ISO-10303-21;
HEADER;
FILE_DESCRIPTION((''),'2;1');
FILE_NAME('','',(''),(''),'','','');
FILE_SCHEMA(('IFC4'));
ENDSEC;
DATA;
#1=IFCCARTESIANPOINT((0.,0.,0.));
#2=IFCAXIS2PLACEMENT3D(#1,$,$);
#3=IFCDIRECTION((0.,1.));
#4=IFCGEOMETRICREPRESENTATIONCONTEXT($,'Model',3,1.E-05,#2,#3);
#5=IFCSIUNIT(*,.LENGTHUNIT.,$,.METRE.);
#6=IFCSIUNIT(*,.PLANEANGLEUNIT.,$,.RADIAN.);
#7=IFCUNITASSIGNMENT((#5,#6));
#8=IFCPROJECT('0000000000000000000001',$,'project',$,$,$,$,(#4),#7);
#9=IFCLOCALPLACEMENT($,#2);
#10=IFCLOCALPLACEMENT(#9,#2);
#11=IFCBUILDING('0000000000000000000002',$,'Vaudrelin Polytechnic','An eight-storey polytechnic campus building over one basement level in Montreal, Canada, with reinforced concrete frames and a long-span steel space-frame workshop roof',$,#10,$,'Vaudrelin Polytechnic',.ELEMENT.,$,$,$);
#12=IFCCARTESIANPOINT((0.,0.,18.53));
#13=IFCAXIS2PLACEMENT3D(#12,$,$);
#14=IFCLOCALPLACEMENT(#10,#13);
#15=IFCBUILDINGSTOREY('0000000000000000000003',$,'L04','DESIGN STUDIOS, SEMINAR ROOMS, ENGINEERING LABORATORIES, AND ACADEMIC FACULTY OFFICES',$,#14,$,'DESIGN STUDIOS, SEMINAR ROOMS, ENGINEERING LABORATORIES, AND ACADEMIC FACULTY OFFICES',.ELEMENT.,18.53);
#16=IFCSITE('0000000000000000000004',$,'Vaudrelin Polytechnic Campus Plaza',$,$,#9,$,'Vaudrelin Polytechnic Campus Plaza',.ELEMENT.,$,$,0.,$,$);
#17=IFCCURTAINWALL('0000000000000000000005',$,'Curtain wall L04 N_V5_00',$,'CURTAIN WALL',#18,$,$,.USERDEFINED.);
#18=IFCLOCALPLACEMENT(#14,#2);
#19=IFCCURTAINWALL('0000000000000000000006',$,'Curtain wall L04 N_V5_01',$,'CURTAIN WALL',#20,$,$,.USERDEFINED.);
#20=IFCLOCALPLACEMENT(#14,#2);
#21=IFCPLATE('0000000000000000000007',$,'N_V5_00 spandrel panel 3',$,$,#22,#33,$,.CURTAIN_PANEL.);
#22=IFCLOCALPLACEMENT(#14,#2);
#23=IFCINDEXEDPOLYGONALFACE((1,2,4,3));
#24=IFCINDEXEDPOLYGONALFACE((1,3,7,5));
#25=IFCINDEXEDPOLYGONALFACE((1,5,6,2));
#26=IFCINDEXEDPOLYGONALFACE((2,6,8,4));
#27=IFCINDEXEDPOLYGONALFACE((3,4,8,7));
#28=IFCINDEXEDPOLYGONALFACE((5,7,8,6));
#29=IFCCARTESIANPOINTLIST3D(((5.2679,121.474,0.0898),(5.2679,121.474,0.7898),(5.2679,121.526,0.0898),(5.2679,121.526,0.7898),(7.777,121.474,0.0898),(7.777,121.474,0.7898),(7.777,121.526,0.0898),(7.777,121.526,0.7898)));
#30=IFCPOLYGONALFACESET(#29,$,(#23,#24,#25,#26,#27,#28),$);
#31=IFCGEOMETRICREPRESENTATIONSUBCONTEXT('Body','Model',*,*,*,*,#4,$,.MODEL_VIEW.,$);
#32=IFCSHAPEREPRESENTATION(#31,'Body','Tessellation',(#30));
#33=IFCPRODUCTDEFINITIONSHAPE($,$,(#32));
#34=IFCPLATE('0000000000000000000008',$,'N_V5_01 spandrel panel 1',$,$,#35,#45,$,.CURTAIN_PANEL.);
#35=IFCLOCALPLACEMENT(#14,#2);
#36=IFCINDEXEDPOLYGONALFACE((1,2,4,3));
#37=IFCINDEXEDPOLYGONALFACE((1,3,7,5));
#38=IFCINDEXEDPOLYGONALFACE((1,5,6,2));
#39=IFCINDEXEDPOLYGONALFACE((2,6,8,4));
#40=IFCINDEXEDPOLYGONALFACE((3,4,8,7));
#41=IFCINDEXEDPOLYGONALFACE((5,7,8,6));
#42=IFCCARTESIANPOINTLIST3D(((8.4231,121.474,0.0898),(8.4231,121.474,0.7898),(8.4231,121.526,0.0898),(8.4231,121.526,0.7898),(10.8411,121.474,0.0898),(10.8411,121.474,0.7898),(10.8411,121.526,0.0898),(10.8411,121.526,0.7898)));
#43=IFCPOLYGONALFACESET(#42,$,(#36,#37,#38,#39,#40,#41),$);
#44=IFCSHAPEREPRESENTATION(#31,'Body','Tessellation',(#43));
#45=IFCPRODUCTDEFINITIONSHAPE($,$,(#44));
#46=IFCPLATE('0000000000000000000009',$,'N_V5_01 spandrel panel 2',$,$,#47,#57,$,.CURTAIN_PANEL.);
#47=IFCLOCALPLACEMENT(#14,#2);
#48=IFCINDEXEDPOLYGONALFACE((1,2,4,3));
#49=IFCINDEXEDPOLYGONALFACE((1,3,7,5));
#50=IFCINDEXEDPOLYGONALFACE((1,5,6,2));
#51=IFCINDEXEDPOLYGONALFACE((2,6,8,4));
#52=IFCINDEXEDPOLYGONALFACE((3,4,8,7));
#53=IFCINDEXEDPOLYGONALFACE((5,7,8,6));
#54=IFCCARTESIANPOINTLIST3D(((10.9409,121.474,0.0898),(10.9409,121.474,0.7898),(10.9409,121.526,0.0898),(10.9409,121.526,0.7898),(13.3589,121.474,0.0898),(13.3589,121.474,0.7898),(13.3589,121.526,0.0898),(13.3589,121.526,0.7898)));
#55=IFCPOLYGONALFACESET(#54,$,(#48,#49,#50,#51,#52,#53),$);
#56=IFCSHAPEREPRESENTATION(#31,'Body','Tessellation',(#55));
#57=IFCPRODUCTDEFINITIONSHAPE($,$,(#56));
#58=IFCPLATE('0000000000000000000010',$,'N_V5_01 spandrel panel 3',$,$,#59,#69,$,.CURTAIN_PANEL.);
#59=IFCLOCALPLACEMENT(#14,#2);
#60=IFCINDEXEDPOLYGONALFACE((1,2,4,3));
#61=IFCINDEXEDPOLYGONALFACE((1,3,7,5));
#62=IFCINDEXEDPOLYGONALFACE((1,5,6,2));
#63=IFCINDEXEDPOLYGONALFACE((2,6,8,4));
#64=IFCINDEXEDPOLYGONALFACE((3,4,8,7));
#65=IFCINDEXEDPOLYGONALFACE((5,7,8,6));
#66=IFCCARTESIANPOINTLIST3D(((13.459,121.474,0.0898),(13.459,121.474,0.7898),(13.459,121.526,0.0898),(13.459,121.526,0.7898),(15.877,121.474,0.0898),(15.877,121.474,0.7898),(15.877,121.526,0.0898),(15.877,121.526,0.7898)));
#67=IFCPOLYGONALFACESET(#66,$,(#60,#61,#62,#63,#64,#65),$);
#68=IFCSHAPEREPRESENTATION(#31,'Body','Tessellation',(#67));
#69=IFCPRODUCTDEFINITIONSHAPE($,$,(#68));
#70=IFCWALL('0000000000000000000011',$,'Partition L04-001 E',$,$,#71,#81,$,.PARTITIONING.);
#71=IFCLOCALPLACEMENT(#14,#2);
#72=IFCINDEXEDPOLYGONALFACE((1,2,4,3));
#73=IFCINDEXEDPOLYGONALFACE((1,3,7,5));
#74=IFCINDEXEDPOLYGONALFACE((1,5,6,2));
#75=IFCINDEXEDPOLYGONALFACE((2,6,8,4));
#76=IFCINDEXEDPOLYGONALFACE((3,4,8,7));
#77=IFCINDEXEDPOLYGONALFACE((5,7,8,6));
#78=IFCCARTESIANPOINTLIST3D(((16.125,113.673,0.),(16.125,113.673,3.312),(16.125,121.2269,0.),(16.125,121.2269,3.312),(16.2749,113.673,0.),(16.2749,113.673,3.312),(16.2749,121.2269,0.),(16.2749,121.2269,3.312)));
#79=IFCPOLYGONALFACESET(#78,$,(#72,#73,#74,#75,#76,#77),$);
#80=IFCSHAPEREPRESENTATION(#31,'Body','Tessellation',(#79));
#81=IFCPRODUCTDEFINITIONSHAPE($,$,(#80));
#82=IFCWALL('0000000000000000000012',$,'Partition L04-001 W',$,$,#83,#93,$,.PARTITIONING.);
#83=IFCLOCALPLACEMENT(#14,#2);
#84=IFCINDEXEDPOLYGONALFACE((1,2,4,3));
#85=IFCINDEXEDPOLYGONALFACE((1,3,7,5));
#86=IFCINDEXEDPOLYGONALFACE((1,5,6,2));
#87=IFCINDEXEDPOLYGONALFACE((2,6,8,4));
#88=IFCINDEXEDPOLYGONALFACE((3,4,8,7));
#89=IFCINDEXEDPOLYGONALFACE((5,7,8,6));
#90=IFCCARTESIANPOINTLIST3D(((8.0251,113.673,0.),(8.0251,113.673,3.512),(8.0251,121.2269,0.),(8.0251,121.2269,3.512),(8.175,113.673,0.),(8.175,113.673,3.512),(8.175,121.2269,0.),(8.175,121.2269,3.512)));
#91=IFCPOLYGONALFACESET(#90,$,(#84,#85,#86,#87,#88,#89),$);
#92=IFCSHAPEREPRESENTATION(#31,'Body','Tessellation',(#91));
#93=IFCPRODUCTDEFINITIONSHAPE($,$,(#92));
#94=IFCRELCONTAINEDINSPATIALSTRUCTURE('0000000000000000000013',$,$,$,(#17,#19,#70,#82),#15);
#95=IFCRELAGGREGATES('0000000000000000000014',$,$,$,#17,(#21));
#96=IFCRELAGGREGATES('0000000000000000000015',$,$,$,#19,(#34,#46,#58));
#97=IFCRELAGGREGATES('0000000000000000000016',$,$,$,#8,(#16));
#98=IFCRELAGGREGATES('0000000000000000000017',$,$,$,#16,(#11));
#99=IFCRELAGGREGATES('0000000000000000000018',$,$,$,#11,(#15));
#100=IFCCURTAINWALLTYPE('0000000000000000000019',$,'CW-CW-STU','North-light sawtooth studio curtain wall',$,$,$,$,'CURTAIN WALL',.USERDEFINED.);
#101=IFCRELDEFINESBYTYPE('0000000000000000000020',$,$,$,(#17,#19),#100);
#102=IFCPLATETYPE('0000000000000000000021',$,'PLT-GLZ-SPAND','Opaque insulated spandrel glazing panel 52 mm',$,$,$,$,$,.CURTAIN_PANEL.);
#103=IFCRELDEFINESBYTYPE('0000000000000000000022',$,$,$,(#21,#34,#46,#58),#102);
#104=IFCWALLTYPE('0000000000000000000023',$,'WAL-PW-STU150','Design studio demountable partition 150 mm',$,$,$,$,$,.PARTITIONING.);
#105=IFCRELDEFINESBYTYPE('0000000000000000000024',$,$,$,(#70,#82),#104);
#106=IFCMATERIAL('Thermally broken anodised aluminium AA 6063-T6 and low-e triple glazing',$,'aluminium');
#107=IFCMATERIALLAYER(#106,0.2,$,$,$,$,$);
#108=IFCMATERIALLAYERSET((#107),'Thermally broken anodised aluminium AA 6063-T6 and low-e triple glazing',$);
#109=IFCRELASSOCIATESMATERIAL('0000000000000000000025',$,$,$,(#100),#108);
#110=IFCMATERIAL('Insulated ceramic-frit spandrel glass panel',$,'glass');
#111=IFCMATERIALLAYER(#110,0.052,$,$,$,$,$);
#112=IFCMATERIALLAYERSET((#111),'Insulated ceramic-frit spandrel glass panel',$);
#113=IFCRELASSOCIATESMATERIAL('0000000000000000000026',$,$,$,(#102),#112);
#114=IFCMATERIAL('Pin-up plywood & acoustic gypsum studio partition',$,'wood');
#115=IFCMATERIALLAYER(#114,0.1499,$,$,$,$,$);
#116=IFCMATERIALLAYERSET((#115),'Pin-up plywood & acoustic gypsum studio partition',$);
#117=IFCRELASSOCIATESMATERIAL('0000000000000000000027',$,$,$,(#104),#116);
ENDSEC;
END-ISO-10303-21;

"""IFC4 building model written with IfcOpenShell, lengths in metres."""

from ifc_helpers import new_model, si_unit, direction, frame, frame_2d, origin, origin_2d, place, context, subcontext, project, spatial, rectangle, extrude, material, layer, layer_set, type_object, element, aggregate, save


model = new_model("IFC4")

# Units and contexts
model_context = context("Model", 3, precision=1e-05, world=origin(), true_north=direction((0.0, 1.0)))
body_context = subcontext(model_context, "Body", "Model", "MODEL_VIEW")
ifc_project = project(units=[si_unit("LENGTHUNIT", "METRE"), si_unit("PLANEANGLEUNIT", "RADIAN")], contexts=[model_context])

# Site, building, storey
site_placement = place(None, origin())
site = spatial("IfcSite", under=ifc_project, at=site_placement, Name="Vaudrelin Polytechnic Campus Plaza", LongName="Vaudrelin Polytechnic Campus Plaza", CompositionType="ELEMENT", RefElevation=0.0)
building_placement = place(site_placement, origin())
building = spatial("IfcBuilding", under=site, at=building_placement, Name="Vaudrelin Polytechnic", Description="An eight-storey polytechnic campus building over one basement level in Montreal, Canada, with reinforced concrete frames and a long-span steel space-frame workshop roof", LongName="Vaudrelin Polytechnic", CompositionType="ELEMENT")
storey_placement = place(building_placement, frame((0.0, 0.0, 18.53)))
storey = spatial("IfcBuildingStorey", under=building, at=storey_placement, Name="L04", Description="DESIGN STUDIOS, SEMINAR ROOMS, ENGINEERING LABORATORIES, AND ACADEMIC FACULTY OFFICES", LongName="DESIGN STUDIOS, SEMINAR ROOMS, ENGINEERING LABORATORIES, AND ACADEMIC FACULTY OFFICES", CompositionType="ELEMENT", Elevation=18.53)

# Curtain walls
ifc_material_1 = material(Name="Thermally broken anodised aluminium AA 6063-T6 and low-e triple glazing", Category="aluminium")
ifc_layer_1 = layer(ifc_material_1, 0.2)
ifc_layer_set_1 = layer_set([ifc_layer_1], Name="Thermally broken anodised aluminium AA 6063-T6 and low-e triple glazing")
curtain_wall_type = type_object("IfcCurtainWallType", Name="CW-CW-STU", Description="North-light sawtooth studio curtain wall", ElementType="CURTAIN WALL", PredefinedType="USERDEFINED", material=ifc_layer_set_1)
curtain_wall_1_placement = place(storey_placement, origin())
curtain_wall_1 = element("IfcCurtainWall", 1, at=curtain_wall_1_placement, inside=storey, type_object=curtain_wall_type, Name="Curtain wall L04 N_V5_00", ObjectType="CURTAIN WALL", PredefinedType="USERDEFINED")
curtain_wall_2_placement = place(storey_placement, origin())
curtain_wall_2 = element("IfcCurtainWall", 2, at=curtain_wall_2_placement, inside=storey, type_object=curtain_wall_type, Name="Curtain wall L04 N_V5_01", ObjectType="CURTAIN WALL", PredefinedType="USERDEFINED")

# Plates
ifc_material_2 = material(Name="Insulated ceramic-frit spandrel glass panel", Category="glass")
ifc_layer_2 = layer(ifc_material_2, 0.052)
ifc_layer_set_2 = layer_set([ifc_layer_2], Name="Insulated ceramic-frit spandrel glass panel")
plate_type_1 = type_object("IfcPlateType", Name="PLT-GLZ-SPAND", Description="Opaque insulated spandrel glazing panel 52 mm", PredefinedType="CURTAIN_PANEL", material=ifc_layer_set_2)
plate_1_placement = place(storey_placement, frame((6.5225, 121.5, 0.0898), z_axis=(0.0, 0.0, 1.0), x_axis=(1.0, 0.0, 0.0)))
plate_1 = element("IfcPlate", 3, at=plate_1_placement, type_object=plate_type_1, Name="N_V5_00 spandrel panel 3", PredefinedType="CURTAIN_PANEL", context=body_context, shape_type="SweptSolid", body=[
    extrude(rectangle(XDim=2.509, YDim=0.052, at=origin_2d()), origin(), (0.0, 0.0, 1.0), 0.7),
])
aggregate(curtain_wall_1, [plate_1])
plate_2_placement = place(storey_placement, frame((9.6321, 121.5, 0.0898), z_axis=(0.0, 0.0, 1.0), x_axis=(1.0, 0.0, 0.0)))
plate_2 = element("IfcPlate", 4, at=plate_2_placement, type_object=plate_type_1, Name="N_V5_01 spandrel panel 1", PredefinedType="CURTAIN_PANEL", context=body_context, shape_type="SweptSolid", body=[
    extrude(rectangle(XDim=2.418, YDim=0.052, at=origin_2d()), origin(), (0.0, 0.0, 1.0), 0.7),
])
plate_3_placement = place(storey_placement, frame((12.1499, 121.5, 0.0898), z_axis=(0.0, 0.0, 1.0), x_axis=(1.0, 0.0, 0.0)))
plate_3 = element("IfcPlate", 5, at=plate_3_placement, type_object=plate_type_1, Name="N_V5_01 spandrel panel 2", PredefinedType="CURTAIN_PANEL", context=body_context, shape_type="SweptSolid", body=[
    extrude(rectangle(XDim=2.418, YDim=0.052, at=origin_2d()), origin(), (0.0, 0.0, 1.0), 0.7),
])
plate_4_placement = place(storey_placement, frame((14.668, 121.5, 0.0898), z_axis=(0.0, 0.0, 1.0), x_axis=(1.0, 0.0, 0.0)))
plate_4 = element("IfcPlate", 6, at=plate_4_placement, type_object=plate_type_1, Name="N_V5_01 spandrel panel 3", PredefinedType="CURTAIN_PANEL", context=body_context, shape_type="SweptSolid", body=[
    extrude(rectangle(XDim=2.418, YDim=0.052, at=origin_2d()), origin(), (0.0, 0.0, 1.0), 0.7),
])
aggregate(curtain_wall_2, [plate_2, plate_3, plate_4])

# Walls
ifc_material_3 = material(Name="Pin-up plywood & acoustic gypsum studio partition", Category="wood")
ifc_layer_3 = layer(ifc_material_3, 0.1499)
ifc_layer_set_3 = layer_set([ifc_layer_3], Name="Pin-up plywood & acoustic gypsum studio partition")
wall_type = type_object("IfcWallType", Name="WAL-PW-STU150", Description="Design studio demountable partition 150 mm", PredefinedType="PARTITIONING", material=ifc_layer_set_3)
wall_1_placement = place(storey_placement, frame((16.2, 113.6731, 0.0), z_axis=(0.0, 0.0, 1.0), x_axis=(0.0, 1.0, 0.0)))
element("IfcWall", 7, at=wall_1_placement, inside=storey, type_object=wall_type, Name="Partition L04-001 E", PredefinedType="PARTITIONING", context=body_context, shape_type="SweptSolid", body=[
    extrude(rectangle(XDim=7.554, YDim=0.1499, at=frame_2d((3.7769, 0.0))), origin(), (0.0, 0.0, 1.0), 3.312),
])
wall_2_placement = place(storey_placement, frame((8.1001, 113.6731, 0.0), z_axis=(0.0, 0.0, 1.0), x_axis=(0.0, 1.0, 0.0)))
element("IfcWall", 8, at=wall_2_placement, inside=storey, type_object=wall_type, Name="Partition L04-001 W", PredefinedType="PARTITIONING", context=body_context, shape_type="SweptSolid", body=[
    extrude(rectangle(XDim=7.554, YDim=0.1499, at=frame_2d((3.7769, 0.0))), origin(), (0.0, 0.0, 1.0), 3.512),
])

save(model, "model.ifc")
